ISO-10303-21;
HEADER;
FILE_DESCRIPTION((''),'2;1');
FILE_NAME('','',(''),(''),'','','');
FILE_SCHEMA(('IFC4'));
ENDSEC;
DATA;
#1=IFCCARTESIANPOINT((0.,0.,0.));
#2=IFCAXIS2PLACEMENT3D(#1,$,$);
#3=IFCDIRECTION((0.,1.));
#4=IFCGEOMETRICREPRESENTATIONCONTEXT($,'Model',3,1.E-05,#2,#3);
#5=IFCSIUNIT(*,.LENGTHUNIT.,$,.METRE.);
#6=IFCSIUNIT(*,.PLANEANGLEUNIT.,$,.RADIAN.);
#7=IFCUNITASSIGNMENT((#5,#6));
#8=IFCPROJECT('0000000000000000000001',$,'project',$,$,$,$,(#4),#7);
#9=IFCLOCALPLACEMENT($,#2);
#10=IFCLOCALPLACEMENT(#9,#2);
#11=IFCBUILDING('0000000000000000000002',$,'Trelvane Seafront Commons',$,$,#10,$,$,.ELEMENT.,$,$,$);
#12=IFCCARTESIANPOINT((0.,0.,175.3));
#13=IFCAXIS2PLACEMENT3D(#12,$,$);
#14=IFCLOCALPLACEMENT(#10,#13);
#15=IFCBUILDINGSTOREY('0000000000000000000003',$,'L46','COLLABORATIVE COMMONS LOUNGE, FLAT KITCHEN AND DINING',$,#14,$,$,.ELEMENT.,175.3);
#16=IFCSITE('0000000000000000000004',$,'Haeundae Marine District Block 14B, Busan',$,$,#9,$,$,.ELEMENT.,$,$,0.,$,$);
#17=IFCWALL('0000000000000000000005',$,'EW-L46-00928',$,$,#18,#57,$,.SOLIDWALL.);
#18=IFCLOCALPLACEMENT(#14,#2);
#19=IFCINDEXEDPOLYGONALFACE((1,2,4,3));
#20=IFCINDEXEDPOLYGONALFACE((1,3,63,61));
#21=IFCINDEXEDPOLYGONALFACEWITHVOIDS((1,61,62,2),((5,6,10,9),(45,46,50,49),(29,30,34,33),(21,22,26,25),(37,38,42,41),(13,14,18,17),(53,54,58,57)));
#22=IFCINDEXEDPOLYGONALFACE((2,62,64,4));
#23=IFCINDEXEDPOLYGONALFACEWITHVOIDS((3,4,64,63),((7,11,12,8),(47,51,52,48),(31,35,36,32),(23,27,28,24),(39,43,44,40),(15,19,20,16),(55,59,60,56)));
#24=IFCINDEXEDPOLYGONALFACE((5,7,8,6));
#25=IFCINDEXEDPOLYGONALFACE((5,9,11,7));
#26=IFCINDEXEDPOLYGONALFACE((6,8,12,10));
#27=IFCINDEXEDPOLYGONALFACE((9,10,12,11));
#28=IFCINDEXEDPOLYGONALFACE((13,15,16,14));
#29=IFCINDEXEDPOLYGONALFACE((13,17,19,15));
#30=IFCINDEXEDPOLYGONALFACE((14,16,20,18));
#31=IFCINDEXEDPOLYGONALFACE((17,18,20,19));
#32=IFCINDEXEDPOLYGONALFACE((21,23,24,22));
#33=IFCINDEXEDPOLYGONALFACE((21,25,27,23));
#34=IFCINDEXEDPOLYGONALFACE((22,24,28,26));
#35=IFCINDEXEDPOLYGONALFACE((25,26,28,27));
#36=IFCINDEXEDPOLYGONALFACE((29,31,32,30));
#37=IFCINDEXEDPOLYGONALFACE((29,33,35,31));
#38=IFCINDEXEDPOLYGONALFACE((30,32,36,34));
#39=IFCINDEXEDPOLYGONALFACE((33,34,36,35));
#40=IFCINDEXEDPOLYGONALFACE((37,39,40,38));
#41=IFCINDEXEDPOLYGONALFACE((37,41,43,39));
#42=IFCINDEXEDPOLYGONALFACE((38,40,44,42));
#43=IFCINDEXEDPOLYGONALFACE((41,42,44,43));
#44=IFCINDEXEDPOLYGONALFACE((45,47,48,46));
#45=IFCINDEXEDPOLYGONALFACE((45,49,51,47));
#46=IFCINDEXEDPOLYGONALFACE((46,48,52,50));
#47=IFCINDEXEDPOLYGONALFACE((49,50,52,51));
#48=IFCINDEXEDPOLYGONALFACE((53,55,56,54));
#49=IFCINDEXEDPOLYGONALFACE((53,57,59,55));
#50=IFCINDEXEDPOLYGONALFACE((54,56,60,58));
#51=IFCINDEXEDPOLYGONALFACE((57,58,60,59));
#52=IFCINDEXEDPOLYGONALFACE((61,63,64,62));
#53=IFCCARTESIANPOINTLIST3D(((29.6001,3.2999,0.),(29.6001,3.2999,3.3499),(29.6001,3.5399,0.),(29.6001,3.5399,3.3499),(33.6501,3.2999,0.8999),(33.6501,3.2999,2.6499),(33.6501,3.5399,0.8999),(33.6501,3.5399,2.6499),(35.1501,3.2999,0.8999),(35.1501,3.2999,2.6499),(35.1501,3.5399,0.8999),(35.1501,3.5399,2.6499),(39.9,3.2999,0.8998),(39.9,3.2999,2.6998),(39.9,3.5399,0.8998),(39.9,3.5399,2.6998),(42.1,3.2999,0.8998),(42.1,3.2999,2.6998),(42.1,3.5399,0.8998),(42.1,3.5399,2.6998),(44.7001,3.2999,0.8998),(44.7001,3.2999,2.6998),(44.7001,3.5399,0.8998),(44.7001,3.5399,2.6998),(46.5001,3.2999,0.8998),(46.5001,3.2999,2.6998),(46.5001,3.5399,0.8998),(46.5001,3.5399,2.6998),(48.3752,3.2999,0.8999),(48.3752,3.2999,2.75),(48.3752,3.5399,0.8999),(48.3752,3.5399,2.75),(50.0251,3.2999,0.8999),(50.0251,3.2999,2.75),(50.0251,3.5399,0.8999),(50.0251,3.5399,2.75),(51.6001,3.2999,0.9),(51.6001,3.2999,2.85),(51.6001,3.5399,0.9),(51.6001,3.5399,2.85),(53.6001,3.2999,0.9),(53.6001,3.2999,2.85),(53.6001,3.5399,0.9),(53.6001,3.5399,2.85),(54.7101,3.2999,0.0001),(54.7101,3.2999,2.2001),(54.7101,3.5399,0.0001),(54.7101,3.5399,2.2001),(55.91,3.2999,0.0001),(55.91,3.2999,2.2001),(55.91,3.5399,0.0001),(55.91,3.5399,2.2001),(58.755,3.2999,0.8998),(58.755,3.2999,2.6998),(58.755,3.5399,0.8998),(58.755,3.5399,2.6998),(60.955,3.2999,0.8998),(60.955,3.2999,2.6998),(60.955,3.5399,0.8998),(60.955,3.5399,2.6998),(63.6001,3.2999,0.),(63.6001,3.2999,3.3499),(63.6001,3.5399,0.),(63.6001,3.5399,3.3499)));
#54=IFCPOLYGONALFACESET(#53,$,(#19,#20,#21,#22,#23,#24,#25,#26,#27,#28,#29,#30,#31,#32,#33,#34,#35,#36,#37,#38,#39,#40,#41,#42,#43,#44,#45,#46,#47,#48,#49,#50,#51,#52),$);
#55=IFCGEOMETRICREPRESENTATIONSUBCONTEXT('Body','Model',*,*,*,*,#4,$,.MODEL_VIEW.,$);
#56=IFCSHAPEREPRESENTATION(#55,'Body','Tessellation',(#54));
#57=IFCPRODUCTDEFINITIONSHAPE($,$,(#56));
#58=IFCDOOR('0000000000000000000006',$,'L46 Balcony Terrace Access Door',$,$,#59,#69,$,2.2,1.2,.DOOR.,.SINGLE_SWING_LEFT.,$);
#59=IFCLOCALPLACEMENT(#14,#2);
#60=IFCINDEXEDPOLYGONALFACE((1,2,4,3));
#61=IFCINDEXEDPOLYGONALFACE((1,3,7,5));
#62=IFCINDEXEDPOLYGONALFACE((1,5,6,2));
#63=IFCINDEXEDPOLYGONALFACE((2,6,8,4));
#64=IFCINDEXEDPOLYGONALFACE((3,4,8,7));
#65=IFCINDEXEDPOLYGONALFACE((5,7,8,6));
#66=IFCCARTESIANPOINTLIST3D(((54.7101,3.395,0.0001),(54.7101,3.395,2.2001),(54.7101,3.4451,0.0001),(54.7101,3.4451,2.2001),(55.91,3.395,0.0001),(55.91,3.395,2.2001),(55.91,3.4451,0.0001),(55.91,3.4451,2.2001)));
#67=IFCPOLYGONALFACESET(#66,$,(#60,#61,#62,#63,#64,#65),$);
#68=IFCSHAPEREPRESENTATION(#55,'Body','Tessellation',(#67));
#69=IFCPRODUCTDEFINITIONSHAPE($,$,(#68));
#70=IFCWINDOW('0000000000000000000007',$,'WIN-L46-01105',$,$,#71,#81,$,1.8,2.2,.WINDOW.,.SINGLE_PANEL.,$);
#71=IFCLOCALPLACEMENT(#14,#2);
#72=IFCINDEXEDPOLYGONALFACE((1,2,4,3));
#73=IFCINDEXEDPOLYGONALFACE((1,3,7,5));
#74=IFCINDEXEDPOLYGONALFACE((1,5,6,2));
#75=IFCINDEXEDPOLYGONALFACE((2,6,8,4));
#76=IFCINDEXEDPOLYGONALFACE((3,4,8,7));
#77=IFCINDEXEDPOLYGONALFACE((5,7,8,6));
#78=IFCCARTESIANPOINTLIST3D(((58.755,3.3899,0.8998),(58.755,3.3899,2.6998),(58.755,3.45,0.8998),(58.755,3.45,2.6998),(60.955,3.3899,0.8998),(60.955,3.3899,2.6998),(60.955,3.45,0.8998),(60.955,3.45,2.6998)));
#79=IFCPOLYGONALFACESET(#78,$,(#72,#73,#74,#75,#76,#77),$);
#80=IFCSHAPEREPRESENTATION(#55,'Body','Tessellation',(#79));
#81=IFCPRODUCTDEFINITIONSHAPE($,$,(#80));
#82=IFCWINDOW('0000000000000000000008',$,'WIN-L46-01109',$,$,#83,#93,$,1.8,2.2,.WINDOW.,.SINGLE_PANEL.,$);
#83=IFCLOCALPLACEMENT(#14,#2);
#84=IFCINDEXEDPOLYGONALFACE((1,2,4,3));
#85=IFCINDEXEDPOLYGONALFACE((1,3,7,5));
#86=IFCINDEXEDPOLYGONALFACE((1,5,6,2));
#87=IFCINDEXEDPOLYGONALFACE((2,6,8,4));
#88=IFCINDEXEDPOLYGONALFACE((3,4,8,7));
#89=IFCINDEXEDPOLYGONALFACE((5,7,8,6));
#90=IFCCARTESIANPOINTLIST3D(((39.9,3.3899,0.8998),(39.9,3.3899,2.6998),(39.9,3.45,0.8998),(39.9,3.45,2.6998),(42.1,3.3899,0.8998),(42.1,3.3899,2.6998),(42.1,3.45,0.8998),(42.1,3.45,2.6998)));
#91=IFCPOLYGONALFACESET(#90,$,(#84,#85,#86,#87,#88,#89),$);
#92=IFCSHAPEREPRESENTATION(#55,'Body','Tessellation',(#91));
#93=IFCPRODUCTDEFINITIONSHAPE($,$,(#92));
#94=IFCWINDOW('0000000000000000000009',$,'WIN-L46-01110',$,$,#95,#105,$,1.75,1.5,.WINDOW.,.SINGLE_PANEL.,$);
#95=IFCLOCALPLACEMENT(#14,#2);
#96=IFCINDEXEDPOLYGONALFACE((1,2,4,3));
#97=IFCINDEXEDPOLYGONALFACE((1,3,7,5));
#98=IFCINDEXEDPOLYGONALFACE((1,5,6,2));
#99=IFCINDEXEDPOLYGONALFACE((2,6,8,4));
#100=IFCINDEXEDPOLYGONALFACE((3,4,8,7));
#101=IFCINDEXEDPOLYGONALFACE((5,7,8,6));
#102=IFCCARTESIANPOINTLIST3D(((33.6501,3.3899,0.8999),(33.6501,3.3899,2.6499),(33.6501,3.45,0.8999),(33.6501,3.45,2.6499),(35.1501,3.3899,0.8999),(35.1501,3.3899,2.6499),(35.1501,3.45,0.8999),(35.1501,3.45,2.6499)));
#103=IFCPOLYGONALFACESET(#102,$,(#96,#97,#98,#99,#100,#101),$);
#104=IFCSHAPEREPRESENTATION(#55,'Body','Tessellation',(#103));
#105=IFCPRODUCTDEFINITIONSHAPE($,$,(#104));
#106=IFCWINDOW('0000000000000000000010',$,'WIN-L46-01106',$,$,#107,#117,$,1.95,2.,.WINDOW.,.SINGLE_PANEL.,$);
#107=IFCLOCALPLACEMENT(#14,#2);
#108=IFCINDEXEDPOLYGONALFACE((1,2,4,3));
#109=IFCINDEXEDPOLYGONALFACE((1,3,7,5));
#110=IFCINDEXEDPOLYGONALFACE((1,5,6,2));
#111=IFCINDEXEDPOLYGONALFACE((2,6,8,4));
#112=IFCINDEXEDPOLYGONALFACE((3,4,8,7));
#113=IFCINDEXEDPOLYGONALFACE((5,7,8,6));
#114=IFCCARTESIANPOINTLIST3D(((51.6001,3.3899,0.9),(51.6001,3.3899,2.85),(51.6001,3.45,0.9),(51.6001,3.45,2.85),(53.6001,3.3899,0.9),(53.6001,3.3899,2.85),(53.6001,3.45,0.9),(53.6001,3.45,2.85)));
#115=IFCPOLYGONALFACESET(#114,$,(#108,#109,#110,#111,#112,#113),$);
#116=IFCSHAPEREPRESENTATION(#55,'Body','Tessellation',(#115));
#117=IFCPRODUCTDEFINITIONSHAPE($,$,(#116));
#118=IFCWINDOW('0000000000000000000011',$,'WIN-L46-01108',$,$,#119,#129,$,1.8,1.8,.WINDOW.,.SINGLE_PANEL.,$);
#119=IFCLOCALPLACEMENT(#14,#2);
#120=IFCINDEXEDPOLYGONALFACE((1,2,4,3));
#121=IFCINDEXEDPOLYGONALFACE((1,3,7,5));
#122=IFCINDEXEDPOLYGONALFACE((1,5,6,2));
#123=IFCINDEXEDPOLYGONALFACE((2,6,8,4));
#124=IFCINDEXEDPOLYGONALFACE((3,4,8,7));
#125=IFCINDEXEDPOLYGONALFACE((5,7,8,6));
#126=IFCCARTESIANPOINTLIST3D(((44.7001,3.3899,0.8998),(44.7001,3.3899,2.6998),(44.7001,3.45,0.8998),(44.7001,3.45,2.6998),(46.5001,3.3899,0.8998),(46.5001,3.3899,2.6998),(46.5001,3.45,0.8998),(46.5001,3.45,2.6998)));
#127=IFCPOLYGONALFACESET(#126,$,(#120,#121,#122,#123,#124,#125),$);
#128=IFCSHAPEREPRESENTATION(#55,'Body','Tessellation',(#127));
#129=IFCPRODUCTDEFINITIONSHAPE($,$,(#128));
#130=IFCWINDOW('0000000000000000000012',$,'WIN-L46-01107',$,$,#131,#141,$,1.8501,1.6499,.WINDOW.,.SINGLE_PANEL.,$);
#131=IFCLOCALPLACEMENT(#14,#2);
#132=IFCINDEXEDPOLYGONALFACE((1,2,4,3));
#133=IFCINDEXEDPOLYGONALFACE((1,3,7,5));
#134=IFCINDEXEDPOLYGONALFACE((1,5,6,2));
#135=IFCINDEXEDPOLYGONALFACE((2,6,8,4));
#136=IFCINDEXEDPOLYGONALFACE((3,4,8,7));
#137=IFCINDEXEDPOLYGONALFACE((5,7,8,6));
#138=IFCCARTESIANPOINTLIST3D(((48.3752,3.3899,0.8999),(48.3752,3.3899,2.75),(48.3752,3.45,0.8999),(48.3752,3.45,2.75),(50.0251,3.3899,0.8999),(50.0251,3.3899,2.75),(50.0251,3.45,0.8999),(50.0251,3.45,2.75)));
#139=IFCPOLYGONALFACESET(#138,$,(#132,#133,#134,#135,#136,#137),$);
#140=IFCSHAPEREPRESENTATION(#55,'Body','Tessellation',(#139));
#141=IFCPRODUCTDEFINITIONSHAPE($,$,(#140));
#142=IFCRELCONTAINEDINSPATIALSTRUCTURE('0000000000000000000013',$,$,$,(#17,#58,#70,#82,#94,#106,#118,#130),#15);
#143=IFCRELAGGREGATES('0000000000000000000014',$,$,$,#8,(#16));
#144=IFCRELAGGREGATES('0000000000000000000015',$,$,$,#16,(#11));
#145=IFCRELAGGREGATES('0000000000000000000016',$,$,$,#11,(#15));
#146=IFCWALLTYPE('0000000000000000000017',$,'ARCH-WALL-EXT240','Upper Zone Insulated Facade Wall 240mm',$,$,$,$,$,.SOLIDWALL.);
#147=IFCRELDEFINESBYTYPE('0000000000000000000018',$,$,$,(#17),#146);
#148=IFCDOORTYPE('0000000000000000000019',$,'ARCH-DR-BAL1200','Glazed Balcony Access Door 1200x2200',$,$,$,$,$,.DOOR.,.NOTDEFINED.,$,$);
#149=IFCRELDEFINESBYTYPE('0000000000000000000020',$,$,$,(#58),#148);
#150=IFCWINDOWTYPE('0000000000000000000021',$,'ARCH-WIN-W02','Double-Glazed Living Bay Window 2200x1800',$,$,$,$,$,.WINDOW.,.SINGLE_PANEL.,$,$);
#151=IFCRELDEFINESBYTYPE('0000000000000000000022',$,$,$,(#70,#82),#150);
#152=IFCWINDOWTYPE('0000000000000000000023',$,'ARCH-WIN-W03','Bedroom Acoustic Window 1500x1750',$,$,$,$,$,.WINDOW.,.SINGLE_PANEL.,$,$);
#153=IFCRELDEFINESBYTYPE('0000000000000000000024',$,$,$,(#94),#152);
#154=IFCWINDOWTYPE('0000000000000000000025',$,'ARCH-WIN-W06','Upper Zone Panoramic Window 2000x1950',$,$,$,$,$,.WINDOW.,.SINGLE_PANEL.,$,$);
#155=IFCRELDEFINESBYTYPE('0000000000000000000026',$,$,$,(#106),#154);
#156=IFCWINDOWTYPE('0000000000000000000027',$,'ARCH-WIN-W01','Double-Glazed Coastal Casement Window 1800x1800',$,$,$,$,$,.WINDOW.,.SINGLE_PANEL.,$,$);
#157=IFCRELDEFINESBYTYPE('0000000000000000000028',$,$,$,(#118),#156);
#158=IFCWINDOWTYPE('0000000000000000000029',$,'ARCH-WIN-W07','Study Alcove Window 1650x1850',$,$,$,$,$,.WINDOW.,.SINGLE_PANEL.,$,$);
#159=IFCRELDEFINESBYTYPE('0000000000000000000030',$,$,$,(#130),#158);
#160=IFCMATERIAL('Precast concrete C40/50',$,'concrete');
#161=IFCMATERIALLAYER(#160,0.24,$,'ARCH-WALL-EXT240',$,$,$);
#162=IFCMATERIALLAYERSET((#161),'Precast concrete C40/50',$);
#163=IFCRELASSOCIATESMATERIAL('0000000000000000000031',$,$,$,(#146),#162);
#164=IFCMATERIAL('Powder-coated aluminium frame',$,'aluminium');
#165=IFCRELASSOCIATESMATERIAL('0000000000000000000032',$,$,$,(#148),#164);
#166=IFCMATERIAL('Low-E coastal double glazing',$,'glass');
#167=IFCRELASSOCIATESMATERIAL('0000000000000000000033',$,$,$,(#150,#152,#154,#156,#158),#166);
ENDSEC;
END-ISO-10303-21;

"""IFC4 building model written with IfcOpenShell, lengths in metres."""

from ifc_helpers import new_model, si_unit, direction, frame, frame_2d, origin, place, context, subcontext, project, spatial, rectangle, extrude, source, transform, mapped, material, layer, layer_set, type_object, element, fill, save


model = new_model("IFC4")

# Units and contexts
model_context = context("Model", 3, precision=1e-05, world=origin(), true_north=direction((0.0, 1.0)))
body_context = subcontext(model_context, "Body", "Model", "MODEL_VIEW")
ifc_project = project(units=[si_unit("LENGTHUNIT", "METRE"), si_unit("PLANEANGLEUNIT", "RADIAN")], contexts=[model_context])

# Site, building, storey
site_placement = place(None, origin())
site = spatial("IfcSite", under=ifc_project, at=site_placement, Name="Haeundae Marine District Block 14B, Busan", CompositionType="ELEMENT", RefElevation=0.0)
building_placement = place(site_placement, origin())
building = spatial("IfcBuilding", under=site, at=building_placement, Name="Trelvane Seafront Commons", CompositionType="ELEMENT")
storey_placement = place(building_placement, frame((0.0, 0.0, 175.3)))
storey = spatial("IfcBuildingStorey", under=building, at=storey_placement, Name="L46", Description="COLLABORATIVE COMMONS LOUNGE, FLAT KITCHEN AND DINING", CompositionType="ELEMENT", Elevation=175.3)

# Shared definitions
ifc_material_1 = material(Name="Precast concrete C40/50", Category="concrete")
ifc_layer_1 = layer(ifc_material_1, 0.24, Name="ARCH-WALL-EXT240")
ifc_layer_set_1 = layer_set([ifc_layer_1], Name="Precast concrete C40/50")
wall_type_1 = type_object("IfcWallType", Name="ARCH-WALL-EXT240", Description="Upper Zone Insulated Facade Wall 240mm", PredefinedType="SOLIDWALL", material=ifc_layer_set_1)

# Wall, openings, door, windows
wall_1_placement = place(storey_placement, frame((63.6001, 3.4199, 0.0), z_axis=(0.0, 0.0, 1.0), x_axis=(-1.0, 0.0, 0.0)))
wall_1 = element("IfcWall", 1, at=wall_1_placement, inside=storey, type_object=wall_type_1, Name="EW-L46-00928", PredefinedType="SOLIDWALL", context=body_context, shape_type="SweptSolid", body=[
    extrude(rectangle(XDim=34.0, YDim=0.24, at=frame_2d((17.0, 0.0))), origin(), (0.0, 0.0, 1.0), 3.3499),
])
opening_1_placement = place(wall_1_placement, frame((2.645, 0.0, 0.8999)))
opening_1 = element("IfcOpeningElement", 2, at=opening_1_placement, cuts=wall_1, PredefinedType="OPENING", context=body_context, shape_type="SweptSolid", body=[
    extrude(rectangle(XDim=2.2, YDim=1.8, at=frame_2d((1.1001, 0.8999))), frame((0.0, 0.1299, 0.0), z_axis=(0.0, -1.0, 0.0), x_axis=(1.0, 0.0, 0.0)), (0.0, 0.0, 1.0), 0.26),
])
opening_2_placement = place(wall_1_placement, frame((7.6899, 0.0, 0.0)))
opening_2 = element("IfcOpeningElement", 3, at=opening_2_placement, cuts=wall_1, PredefinedType="OPENING", context=body_context, shape_type="SweptSolid", body=[
    extrude(rectangle(XDim=1.2, YDim=2.2, at=frame_2d((0.6001, 1.1001))), frame((0.0, 0.1299, 0.0), z_axis=(0.0, -1.0, 0.0), x_axis=(1.0, 0.0, 0.0)), (0.0, 0.0, 1.0), 0.26),
])
opening_3_placement = place(wall_1_placement, frame((10.0, 0.0, 0.8999)))
opening_3 = element("IfcOpeningElement", 4, at=opening_3_placement, cuts=wall_1, PredefinedType="OPENING", context=body_context, shape_type="SweptSolid", body=[
    extrude(rectangle(XDim=2.0, YDim=1.95, at=frame_2d((1.0, 0.9751))), frame((0.0, 0.1299, 0.0), z_axis=(0.0, -1.0, 0.0), x_axis=(1.0, 0.0, 0.0)), (0.0, 0.0, 1.0), 0.26),
])
opening_4_placement = place(wall_1_placement, frame((13.575, 0.0, 0.8999)))
opening_4 = element("IfcOpeningElement", 5, at=opening_4_placement, cuts=wall_1, PredefinedType="OPENING", context=body_context, shape_type="SweptSolid", body=[
    extrude(rectangle(XDim=1.6499, YDim=1.8501, at=frame_2d((0.825, 0.925))), frame((0.0, 0.1299, 0.0), z_axis=(0.0, -1.0, 0.0), x_axis=(1.0, 0.0, 0.0)), (0.0, 0.0, 1.0), 0.26),
])
opening_5_placement = place(wall_1_placement, frame((17.1001, 0.0, 0.8999)))
opening_5 = element("IfcOpeningElement", 6, at=opening_5_placement, cuts=wall_1, PredefinedType="OPENING", context=body_context, shape_type="SweptSolid", body=[
    extrude(rectangle(XDim=1.8, YDim=1.8, at=frame_2d((0.8999, 0.8999))), frame((0.0, 0.1299, 0.0), z_axis=(0.0, -1.0, 0.0), x_axis=(1.0, 0.0, 0.0)), (0.0, 0.0, 1.0), 0.26),
])
opening_6_placement = place(wall_1_placement, frame((21.5, 0.0, 0.8999)))
opening_6 = element("IfcOpeningElement", 7, at=opening_6_placement, cuts=wall_1, PredefinedType="OPENING", context=body_context, shape_type="SweptSolid", body=[
    extrude(rectangle(XDim=2.2, YDim=1.8, at=frame_2d((1.1001, 0.8999))), frame((0.0, 0.1299, 0.0), z_axis=(0.0, -1.0, 0.0), x_axis=(1.0, 0.0, 0.0)), (0.0, 0.0, 1.0), 0.26),
])
opening_7_placement = place(wall_1_placement, frame((28.45, 0.0, 0.8999)))
opening_7 = element("IfcOpeningElement", 8, at=opening_7_placement, cuts=wall_1, PredefinedType="OPENING", context=body_context, shape_type="SweptSolid", body=[
    extrude(rectangle(XDim=1.5, YDim=1.75, at=frame_2d((0.75, 0.875))), frame((0.0, 0.1299, 0.0), z_axis=(0.0, -1.0, 0.0), x_axis=(1.0, 0.0, 0.0)), (0.0, 0.0, 1.0), 0.26),
])
ifc_material_2 = material(Name="Powder-coated aluminium frame", Category="aluminium")
door_type_1 = type_object("IfcDoorType", Name="ARCH-DR-BAL1200", Description="Glazed Balcony Access Door 1200x2200", OperationType="NOTDEFINED", PredefinedType="DOOR", material=ifc_material_2)
shared_shape_1 = source(origin(), body_context, "Body", "SweptSolid", [
    extrude(rectangle(XDim=1.2, YDim=2.2, at=frame_2d((0.6001, 1.1001))), frame((0.0, 0.0249, 0.0), z_axis=(0.0, -1.0, 0.0), x_axis=(1.0, 0.0, 0.0)), (0.0, 0.0, 1.0), 0.05),
])
door_1_placement = place(opening_2_placement, origin())
door_1 = element("IfcDoor", 9, at=door_1_placement, inside=storey, type_object=door_type_1, Name="L46 Balcony Terrace Access Door", OperationType="SINGLE_SWING_LEFT", OverallHeight=2.2, OverallWidth=1.2, PredefinedType="DOOR", context=body_context, shape_type="MappedRepresentation", body=[
    mapped(shared_shape_1, transform((0.0, 0.0, 0.0), x_axis=(1.0, 0.0, 0.0), y_axis=(0.0, 1.0, 0.0), z_axis=(0.0, 0.0, 1.0), scale=1.0)),
])
fill(opening_2, door_1)
ifc_material_3 = material(Name="Low-E coastal double glazing", Category="glass")
window_type_1 = type_object("IfcWindowType", Name="ARCH-WIN-W02", Description="Double-Glazed Living Bay Window 2200x1800", PartitioningType="SINGLE_PANEL", PredefinedType="WINDOW", material=ifc_material_3)
shared_shape_2 = source(origin(), body_context, "Body", "SweptSolid", [
    extrude(rectangle(XDim=2.2, YDim=1.8, at=frame_2d((1.1001, 0.8999))), frame((0.0, 0.03, 0.0), z_axis=(0.0, -1.0, 0.0), x_axis=(1.0, 0.0, 0.0)), (0.0, 0.0, 1.0), 0.0601),
])
window_1_placement = place(opening_1_placement, origin())
window_1 = element("IfcWindow", 10, at=window_1_placement, inside=storey, type_object=window_type_1, Name="WIN-L46-01105", OverallHeight=1.8, OverallWidth=2.2, PartitioningType="SINGLE_PANEL", PredefinedType="WINDOW", context=body_context, shape_type="MappedRepresentation", body=[
    mapped(shared_shape_2, transform((0.0, 0.0, 0.0), x_axis=(1.0, 0.0, 0.0), y_axis=(0.0, 1.0, 0.0), z_axis=(0.0, 0.0, 1.0), scale=1.0)),
])
fill(opening_1, window_1)
window_2_placement = place(opening_6_placement, origin())
window_2 = element("IfcWindow", 11, at=window_2_placement, inside=storey, type_object=window_type_1, Name="WIN-L46-01109", OverallHeight=1.8, OverallWidth=2.2, PartitioningType="SINGLE_PANEL", PredefinedType="WINDOW", context=body_context, shape_type="MappedRepresentation", body=[
    mapped(shared_shape_2, transform((0.0, 0.0, 0.0), x_axis=(1.0, 0.0, 0.0), y_axis=(0.0, 1.0, 0.0), z_axis=(0.0, 0.0, 1.0), scale=1.0)),
])
fill(opening_6, window_2)
window_type_2 = type_object("IfcWindowType", Name="ARCH-WIN-W03", Description="Bedroom Acoustic Window 1500x1750", PartitioningType="SINGLE_PANEL", PredefinedType="WINDOW", material=ifc_material_3)
shared_shape_3 = source(origin(), body_context, "Body", "SweptSolid", [
    extrude(rectangle(XDim=1.5, YDim=1.75, at=frame_2d((0.75, 0.875))), frame((0.0, 0.03, 0.0), z_axis=(0.0, -1.0, 0.0), x_axis=(1.0, 0.0, 0.0)), (0.0, 0.0, 1.0), 0.0601),
])
window_3_placement = place(opening_7_placement, origin())
window_3 = element("IfcWindow", 12, at=window_3_placement, inside=storey, type_object=window_type_2, Name="WIN-L46-01110", OverallHeight=1.75, OverallWidth=1.5, PartitioningType="SINGLE_PANEL", PredefinedType="WINDOW", context=body_context, shape_type="MappedRepresentation", body=[
    mapped(shared_shape_3, transform((0.0, 0.0, 0.0), x_axis=(1.0, 0.0, 0.0), y_axis=(0.0, 1.0, 0.0), z_axis=(0.0, 0.0, 1.0), scale=1.0)),
])
fill(opening_7, window_3)
window_type_3 = type_object("IfcWindowType", Name="ARCH-WIN-W06", Description="Upper Zone Panoramic Window 2000x1950", PartitioningType="SINGLE_PANEL", PredefinedType="WINDOW", material=ifc_material_3)
shared_shape_4 = source(origin(), body_context, "Body", "SweptSolid", [
    extrude(rectangle(XDim=2.0, YDim=1.95, at=frame_2d((1.0, 0.9751))), frame((0.0, 0.03, 0.0), z_axis=(0.0, -1.0, 0.0), x_axis=(1.0, 0.0, 0.0)), (0.0, 0.0, 1.0), 0.0601),
])
window_4_placement = place(opening_3_placement, origin())
window_4 = element("IfcWindow", 13, at=window_4_placement, inside=storey, type_object=window_type_3, Name="WIN-L46-01106", OverallHeight=1.95, OverallWidth=2.0, PartitioningType="SINGLE_PANEL", PredefinedType="WINDOW", context=body_context, shape_type="MappedRepresentation", body=[
    mapped(shared_shape_4, transform((0.0, 0.0, 0.0), x_axis=(1.0, 0.0, 0.0), y_axis=(0.0, 1.0, 0.0), z_axis=(0.0, 0.0, 1.0), scale=1.0)),
])
fill(opening_3, window_4)
window_type_4 = type_object("IfcWindowType", Name="ARCH-WIN-W01", Description="Double-Glazed Coastal Casement Window 1800x1800", PartitioningType="SINGLE_PANEL", PredefinedType="WINDOW", material=ifc_material_3)
shared_shape_5 = source(origin(), body_context, "Body", "SweptSolid", [
    extrude(rectangle(XDim=1.8, YDim=1.8, at=frame_2d((0.8999, 0.8999))), frame((0.0, 0.03, 0.0), z_axis=(0.0, -1.0, 0.0), x_axis=(1.0, 0.0, 0.0)), (0.0, 0.0, 1.0), 0.0601),
])
window_5_placement = place(opening_5_placement, origin())
window_5 = element("IfcWindow", 14, at=window_5_placement, inside=storey, type_object=window_type_4, Name="WIN-L46-01108", OverallHeight=1.8, OverallWidth=1.8, PartitioningType="SINGLE_PANEL", PredefinedType="WINDOW", context=body_context, shape_type="MappedRepresentation", body=[
    mapped(shared_shape_5, transform((0.0, 0.0, 0.0), x_axis=(1.0, 0.0, 0.0), y_axis=(0.0, 1.0, 0.0), z_axis=(0.0, 0.0, 1.0), scale=1.0)),
])
fill(opening_5, window_5)
window_type_5 = type_object("IfcWindowType", Name="ARCH-WIN-W07", Description="Study Alcove Window 1650x1850", PartitioningType="SINGLE_PANEL", PredefinedType="WINDOW", material=ifc_material_3)
shared_shape_6 = source(origin(), body_context, "Body", "SweptSolid", [
    extrude(rectangle(XDim=1.6499, YDim=1.8501, at=frame_2d((0.825, 0.925))), frame((0.0, 0.03, 0.0), z_axis=(0.0, -1.0, 0.0), x_axis=(1.0, 0.0, 0.0)), (0.0, 0.0, 1.0), 0.0601),
])
window_6_placement = place(opening_4_placement, origin())
window_6 = element("IfcWindow", 15, at=window_6_placement, inside=storey, type_object=window_type_5, Name="WIN-L46-01107", OverallHeight=1.8501, OverallWidth=1.6499, PartitioningType="SINGLE_PANEL", PredefinedType="WINDOW", context=body_context, shape_type="MappedRepresentation", body=[
    mapped(shared_shape_6, transform((0.0, 0.0, 0.0), x_axis=(1.0, 0.0, 0.0), y_axis=(0.0, 1.0, 0.0), z_axis=(0.0, 0.0, 1.0), scale=1.0)),
])
fill(opening_4, window_6)

save(model, "model.ifc")
